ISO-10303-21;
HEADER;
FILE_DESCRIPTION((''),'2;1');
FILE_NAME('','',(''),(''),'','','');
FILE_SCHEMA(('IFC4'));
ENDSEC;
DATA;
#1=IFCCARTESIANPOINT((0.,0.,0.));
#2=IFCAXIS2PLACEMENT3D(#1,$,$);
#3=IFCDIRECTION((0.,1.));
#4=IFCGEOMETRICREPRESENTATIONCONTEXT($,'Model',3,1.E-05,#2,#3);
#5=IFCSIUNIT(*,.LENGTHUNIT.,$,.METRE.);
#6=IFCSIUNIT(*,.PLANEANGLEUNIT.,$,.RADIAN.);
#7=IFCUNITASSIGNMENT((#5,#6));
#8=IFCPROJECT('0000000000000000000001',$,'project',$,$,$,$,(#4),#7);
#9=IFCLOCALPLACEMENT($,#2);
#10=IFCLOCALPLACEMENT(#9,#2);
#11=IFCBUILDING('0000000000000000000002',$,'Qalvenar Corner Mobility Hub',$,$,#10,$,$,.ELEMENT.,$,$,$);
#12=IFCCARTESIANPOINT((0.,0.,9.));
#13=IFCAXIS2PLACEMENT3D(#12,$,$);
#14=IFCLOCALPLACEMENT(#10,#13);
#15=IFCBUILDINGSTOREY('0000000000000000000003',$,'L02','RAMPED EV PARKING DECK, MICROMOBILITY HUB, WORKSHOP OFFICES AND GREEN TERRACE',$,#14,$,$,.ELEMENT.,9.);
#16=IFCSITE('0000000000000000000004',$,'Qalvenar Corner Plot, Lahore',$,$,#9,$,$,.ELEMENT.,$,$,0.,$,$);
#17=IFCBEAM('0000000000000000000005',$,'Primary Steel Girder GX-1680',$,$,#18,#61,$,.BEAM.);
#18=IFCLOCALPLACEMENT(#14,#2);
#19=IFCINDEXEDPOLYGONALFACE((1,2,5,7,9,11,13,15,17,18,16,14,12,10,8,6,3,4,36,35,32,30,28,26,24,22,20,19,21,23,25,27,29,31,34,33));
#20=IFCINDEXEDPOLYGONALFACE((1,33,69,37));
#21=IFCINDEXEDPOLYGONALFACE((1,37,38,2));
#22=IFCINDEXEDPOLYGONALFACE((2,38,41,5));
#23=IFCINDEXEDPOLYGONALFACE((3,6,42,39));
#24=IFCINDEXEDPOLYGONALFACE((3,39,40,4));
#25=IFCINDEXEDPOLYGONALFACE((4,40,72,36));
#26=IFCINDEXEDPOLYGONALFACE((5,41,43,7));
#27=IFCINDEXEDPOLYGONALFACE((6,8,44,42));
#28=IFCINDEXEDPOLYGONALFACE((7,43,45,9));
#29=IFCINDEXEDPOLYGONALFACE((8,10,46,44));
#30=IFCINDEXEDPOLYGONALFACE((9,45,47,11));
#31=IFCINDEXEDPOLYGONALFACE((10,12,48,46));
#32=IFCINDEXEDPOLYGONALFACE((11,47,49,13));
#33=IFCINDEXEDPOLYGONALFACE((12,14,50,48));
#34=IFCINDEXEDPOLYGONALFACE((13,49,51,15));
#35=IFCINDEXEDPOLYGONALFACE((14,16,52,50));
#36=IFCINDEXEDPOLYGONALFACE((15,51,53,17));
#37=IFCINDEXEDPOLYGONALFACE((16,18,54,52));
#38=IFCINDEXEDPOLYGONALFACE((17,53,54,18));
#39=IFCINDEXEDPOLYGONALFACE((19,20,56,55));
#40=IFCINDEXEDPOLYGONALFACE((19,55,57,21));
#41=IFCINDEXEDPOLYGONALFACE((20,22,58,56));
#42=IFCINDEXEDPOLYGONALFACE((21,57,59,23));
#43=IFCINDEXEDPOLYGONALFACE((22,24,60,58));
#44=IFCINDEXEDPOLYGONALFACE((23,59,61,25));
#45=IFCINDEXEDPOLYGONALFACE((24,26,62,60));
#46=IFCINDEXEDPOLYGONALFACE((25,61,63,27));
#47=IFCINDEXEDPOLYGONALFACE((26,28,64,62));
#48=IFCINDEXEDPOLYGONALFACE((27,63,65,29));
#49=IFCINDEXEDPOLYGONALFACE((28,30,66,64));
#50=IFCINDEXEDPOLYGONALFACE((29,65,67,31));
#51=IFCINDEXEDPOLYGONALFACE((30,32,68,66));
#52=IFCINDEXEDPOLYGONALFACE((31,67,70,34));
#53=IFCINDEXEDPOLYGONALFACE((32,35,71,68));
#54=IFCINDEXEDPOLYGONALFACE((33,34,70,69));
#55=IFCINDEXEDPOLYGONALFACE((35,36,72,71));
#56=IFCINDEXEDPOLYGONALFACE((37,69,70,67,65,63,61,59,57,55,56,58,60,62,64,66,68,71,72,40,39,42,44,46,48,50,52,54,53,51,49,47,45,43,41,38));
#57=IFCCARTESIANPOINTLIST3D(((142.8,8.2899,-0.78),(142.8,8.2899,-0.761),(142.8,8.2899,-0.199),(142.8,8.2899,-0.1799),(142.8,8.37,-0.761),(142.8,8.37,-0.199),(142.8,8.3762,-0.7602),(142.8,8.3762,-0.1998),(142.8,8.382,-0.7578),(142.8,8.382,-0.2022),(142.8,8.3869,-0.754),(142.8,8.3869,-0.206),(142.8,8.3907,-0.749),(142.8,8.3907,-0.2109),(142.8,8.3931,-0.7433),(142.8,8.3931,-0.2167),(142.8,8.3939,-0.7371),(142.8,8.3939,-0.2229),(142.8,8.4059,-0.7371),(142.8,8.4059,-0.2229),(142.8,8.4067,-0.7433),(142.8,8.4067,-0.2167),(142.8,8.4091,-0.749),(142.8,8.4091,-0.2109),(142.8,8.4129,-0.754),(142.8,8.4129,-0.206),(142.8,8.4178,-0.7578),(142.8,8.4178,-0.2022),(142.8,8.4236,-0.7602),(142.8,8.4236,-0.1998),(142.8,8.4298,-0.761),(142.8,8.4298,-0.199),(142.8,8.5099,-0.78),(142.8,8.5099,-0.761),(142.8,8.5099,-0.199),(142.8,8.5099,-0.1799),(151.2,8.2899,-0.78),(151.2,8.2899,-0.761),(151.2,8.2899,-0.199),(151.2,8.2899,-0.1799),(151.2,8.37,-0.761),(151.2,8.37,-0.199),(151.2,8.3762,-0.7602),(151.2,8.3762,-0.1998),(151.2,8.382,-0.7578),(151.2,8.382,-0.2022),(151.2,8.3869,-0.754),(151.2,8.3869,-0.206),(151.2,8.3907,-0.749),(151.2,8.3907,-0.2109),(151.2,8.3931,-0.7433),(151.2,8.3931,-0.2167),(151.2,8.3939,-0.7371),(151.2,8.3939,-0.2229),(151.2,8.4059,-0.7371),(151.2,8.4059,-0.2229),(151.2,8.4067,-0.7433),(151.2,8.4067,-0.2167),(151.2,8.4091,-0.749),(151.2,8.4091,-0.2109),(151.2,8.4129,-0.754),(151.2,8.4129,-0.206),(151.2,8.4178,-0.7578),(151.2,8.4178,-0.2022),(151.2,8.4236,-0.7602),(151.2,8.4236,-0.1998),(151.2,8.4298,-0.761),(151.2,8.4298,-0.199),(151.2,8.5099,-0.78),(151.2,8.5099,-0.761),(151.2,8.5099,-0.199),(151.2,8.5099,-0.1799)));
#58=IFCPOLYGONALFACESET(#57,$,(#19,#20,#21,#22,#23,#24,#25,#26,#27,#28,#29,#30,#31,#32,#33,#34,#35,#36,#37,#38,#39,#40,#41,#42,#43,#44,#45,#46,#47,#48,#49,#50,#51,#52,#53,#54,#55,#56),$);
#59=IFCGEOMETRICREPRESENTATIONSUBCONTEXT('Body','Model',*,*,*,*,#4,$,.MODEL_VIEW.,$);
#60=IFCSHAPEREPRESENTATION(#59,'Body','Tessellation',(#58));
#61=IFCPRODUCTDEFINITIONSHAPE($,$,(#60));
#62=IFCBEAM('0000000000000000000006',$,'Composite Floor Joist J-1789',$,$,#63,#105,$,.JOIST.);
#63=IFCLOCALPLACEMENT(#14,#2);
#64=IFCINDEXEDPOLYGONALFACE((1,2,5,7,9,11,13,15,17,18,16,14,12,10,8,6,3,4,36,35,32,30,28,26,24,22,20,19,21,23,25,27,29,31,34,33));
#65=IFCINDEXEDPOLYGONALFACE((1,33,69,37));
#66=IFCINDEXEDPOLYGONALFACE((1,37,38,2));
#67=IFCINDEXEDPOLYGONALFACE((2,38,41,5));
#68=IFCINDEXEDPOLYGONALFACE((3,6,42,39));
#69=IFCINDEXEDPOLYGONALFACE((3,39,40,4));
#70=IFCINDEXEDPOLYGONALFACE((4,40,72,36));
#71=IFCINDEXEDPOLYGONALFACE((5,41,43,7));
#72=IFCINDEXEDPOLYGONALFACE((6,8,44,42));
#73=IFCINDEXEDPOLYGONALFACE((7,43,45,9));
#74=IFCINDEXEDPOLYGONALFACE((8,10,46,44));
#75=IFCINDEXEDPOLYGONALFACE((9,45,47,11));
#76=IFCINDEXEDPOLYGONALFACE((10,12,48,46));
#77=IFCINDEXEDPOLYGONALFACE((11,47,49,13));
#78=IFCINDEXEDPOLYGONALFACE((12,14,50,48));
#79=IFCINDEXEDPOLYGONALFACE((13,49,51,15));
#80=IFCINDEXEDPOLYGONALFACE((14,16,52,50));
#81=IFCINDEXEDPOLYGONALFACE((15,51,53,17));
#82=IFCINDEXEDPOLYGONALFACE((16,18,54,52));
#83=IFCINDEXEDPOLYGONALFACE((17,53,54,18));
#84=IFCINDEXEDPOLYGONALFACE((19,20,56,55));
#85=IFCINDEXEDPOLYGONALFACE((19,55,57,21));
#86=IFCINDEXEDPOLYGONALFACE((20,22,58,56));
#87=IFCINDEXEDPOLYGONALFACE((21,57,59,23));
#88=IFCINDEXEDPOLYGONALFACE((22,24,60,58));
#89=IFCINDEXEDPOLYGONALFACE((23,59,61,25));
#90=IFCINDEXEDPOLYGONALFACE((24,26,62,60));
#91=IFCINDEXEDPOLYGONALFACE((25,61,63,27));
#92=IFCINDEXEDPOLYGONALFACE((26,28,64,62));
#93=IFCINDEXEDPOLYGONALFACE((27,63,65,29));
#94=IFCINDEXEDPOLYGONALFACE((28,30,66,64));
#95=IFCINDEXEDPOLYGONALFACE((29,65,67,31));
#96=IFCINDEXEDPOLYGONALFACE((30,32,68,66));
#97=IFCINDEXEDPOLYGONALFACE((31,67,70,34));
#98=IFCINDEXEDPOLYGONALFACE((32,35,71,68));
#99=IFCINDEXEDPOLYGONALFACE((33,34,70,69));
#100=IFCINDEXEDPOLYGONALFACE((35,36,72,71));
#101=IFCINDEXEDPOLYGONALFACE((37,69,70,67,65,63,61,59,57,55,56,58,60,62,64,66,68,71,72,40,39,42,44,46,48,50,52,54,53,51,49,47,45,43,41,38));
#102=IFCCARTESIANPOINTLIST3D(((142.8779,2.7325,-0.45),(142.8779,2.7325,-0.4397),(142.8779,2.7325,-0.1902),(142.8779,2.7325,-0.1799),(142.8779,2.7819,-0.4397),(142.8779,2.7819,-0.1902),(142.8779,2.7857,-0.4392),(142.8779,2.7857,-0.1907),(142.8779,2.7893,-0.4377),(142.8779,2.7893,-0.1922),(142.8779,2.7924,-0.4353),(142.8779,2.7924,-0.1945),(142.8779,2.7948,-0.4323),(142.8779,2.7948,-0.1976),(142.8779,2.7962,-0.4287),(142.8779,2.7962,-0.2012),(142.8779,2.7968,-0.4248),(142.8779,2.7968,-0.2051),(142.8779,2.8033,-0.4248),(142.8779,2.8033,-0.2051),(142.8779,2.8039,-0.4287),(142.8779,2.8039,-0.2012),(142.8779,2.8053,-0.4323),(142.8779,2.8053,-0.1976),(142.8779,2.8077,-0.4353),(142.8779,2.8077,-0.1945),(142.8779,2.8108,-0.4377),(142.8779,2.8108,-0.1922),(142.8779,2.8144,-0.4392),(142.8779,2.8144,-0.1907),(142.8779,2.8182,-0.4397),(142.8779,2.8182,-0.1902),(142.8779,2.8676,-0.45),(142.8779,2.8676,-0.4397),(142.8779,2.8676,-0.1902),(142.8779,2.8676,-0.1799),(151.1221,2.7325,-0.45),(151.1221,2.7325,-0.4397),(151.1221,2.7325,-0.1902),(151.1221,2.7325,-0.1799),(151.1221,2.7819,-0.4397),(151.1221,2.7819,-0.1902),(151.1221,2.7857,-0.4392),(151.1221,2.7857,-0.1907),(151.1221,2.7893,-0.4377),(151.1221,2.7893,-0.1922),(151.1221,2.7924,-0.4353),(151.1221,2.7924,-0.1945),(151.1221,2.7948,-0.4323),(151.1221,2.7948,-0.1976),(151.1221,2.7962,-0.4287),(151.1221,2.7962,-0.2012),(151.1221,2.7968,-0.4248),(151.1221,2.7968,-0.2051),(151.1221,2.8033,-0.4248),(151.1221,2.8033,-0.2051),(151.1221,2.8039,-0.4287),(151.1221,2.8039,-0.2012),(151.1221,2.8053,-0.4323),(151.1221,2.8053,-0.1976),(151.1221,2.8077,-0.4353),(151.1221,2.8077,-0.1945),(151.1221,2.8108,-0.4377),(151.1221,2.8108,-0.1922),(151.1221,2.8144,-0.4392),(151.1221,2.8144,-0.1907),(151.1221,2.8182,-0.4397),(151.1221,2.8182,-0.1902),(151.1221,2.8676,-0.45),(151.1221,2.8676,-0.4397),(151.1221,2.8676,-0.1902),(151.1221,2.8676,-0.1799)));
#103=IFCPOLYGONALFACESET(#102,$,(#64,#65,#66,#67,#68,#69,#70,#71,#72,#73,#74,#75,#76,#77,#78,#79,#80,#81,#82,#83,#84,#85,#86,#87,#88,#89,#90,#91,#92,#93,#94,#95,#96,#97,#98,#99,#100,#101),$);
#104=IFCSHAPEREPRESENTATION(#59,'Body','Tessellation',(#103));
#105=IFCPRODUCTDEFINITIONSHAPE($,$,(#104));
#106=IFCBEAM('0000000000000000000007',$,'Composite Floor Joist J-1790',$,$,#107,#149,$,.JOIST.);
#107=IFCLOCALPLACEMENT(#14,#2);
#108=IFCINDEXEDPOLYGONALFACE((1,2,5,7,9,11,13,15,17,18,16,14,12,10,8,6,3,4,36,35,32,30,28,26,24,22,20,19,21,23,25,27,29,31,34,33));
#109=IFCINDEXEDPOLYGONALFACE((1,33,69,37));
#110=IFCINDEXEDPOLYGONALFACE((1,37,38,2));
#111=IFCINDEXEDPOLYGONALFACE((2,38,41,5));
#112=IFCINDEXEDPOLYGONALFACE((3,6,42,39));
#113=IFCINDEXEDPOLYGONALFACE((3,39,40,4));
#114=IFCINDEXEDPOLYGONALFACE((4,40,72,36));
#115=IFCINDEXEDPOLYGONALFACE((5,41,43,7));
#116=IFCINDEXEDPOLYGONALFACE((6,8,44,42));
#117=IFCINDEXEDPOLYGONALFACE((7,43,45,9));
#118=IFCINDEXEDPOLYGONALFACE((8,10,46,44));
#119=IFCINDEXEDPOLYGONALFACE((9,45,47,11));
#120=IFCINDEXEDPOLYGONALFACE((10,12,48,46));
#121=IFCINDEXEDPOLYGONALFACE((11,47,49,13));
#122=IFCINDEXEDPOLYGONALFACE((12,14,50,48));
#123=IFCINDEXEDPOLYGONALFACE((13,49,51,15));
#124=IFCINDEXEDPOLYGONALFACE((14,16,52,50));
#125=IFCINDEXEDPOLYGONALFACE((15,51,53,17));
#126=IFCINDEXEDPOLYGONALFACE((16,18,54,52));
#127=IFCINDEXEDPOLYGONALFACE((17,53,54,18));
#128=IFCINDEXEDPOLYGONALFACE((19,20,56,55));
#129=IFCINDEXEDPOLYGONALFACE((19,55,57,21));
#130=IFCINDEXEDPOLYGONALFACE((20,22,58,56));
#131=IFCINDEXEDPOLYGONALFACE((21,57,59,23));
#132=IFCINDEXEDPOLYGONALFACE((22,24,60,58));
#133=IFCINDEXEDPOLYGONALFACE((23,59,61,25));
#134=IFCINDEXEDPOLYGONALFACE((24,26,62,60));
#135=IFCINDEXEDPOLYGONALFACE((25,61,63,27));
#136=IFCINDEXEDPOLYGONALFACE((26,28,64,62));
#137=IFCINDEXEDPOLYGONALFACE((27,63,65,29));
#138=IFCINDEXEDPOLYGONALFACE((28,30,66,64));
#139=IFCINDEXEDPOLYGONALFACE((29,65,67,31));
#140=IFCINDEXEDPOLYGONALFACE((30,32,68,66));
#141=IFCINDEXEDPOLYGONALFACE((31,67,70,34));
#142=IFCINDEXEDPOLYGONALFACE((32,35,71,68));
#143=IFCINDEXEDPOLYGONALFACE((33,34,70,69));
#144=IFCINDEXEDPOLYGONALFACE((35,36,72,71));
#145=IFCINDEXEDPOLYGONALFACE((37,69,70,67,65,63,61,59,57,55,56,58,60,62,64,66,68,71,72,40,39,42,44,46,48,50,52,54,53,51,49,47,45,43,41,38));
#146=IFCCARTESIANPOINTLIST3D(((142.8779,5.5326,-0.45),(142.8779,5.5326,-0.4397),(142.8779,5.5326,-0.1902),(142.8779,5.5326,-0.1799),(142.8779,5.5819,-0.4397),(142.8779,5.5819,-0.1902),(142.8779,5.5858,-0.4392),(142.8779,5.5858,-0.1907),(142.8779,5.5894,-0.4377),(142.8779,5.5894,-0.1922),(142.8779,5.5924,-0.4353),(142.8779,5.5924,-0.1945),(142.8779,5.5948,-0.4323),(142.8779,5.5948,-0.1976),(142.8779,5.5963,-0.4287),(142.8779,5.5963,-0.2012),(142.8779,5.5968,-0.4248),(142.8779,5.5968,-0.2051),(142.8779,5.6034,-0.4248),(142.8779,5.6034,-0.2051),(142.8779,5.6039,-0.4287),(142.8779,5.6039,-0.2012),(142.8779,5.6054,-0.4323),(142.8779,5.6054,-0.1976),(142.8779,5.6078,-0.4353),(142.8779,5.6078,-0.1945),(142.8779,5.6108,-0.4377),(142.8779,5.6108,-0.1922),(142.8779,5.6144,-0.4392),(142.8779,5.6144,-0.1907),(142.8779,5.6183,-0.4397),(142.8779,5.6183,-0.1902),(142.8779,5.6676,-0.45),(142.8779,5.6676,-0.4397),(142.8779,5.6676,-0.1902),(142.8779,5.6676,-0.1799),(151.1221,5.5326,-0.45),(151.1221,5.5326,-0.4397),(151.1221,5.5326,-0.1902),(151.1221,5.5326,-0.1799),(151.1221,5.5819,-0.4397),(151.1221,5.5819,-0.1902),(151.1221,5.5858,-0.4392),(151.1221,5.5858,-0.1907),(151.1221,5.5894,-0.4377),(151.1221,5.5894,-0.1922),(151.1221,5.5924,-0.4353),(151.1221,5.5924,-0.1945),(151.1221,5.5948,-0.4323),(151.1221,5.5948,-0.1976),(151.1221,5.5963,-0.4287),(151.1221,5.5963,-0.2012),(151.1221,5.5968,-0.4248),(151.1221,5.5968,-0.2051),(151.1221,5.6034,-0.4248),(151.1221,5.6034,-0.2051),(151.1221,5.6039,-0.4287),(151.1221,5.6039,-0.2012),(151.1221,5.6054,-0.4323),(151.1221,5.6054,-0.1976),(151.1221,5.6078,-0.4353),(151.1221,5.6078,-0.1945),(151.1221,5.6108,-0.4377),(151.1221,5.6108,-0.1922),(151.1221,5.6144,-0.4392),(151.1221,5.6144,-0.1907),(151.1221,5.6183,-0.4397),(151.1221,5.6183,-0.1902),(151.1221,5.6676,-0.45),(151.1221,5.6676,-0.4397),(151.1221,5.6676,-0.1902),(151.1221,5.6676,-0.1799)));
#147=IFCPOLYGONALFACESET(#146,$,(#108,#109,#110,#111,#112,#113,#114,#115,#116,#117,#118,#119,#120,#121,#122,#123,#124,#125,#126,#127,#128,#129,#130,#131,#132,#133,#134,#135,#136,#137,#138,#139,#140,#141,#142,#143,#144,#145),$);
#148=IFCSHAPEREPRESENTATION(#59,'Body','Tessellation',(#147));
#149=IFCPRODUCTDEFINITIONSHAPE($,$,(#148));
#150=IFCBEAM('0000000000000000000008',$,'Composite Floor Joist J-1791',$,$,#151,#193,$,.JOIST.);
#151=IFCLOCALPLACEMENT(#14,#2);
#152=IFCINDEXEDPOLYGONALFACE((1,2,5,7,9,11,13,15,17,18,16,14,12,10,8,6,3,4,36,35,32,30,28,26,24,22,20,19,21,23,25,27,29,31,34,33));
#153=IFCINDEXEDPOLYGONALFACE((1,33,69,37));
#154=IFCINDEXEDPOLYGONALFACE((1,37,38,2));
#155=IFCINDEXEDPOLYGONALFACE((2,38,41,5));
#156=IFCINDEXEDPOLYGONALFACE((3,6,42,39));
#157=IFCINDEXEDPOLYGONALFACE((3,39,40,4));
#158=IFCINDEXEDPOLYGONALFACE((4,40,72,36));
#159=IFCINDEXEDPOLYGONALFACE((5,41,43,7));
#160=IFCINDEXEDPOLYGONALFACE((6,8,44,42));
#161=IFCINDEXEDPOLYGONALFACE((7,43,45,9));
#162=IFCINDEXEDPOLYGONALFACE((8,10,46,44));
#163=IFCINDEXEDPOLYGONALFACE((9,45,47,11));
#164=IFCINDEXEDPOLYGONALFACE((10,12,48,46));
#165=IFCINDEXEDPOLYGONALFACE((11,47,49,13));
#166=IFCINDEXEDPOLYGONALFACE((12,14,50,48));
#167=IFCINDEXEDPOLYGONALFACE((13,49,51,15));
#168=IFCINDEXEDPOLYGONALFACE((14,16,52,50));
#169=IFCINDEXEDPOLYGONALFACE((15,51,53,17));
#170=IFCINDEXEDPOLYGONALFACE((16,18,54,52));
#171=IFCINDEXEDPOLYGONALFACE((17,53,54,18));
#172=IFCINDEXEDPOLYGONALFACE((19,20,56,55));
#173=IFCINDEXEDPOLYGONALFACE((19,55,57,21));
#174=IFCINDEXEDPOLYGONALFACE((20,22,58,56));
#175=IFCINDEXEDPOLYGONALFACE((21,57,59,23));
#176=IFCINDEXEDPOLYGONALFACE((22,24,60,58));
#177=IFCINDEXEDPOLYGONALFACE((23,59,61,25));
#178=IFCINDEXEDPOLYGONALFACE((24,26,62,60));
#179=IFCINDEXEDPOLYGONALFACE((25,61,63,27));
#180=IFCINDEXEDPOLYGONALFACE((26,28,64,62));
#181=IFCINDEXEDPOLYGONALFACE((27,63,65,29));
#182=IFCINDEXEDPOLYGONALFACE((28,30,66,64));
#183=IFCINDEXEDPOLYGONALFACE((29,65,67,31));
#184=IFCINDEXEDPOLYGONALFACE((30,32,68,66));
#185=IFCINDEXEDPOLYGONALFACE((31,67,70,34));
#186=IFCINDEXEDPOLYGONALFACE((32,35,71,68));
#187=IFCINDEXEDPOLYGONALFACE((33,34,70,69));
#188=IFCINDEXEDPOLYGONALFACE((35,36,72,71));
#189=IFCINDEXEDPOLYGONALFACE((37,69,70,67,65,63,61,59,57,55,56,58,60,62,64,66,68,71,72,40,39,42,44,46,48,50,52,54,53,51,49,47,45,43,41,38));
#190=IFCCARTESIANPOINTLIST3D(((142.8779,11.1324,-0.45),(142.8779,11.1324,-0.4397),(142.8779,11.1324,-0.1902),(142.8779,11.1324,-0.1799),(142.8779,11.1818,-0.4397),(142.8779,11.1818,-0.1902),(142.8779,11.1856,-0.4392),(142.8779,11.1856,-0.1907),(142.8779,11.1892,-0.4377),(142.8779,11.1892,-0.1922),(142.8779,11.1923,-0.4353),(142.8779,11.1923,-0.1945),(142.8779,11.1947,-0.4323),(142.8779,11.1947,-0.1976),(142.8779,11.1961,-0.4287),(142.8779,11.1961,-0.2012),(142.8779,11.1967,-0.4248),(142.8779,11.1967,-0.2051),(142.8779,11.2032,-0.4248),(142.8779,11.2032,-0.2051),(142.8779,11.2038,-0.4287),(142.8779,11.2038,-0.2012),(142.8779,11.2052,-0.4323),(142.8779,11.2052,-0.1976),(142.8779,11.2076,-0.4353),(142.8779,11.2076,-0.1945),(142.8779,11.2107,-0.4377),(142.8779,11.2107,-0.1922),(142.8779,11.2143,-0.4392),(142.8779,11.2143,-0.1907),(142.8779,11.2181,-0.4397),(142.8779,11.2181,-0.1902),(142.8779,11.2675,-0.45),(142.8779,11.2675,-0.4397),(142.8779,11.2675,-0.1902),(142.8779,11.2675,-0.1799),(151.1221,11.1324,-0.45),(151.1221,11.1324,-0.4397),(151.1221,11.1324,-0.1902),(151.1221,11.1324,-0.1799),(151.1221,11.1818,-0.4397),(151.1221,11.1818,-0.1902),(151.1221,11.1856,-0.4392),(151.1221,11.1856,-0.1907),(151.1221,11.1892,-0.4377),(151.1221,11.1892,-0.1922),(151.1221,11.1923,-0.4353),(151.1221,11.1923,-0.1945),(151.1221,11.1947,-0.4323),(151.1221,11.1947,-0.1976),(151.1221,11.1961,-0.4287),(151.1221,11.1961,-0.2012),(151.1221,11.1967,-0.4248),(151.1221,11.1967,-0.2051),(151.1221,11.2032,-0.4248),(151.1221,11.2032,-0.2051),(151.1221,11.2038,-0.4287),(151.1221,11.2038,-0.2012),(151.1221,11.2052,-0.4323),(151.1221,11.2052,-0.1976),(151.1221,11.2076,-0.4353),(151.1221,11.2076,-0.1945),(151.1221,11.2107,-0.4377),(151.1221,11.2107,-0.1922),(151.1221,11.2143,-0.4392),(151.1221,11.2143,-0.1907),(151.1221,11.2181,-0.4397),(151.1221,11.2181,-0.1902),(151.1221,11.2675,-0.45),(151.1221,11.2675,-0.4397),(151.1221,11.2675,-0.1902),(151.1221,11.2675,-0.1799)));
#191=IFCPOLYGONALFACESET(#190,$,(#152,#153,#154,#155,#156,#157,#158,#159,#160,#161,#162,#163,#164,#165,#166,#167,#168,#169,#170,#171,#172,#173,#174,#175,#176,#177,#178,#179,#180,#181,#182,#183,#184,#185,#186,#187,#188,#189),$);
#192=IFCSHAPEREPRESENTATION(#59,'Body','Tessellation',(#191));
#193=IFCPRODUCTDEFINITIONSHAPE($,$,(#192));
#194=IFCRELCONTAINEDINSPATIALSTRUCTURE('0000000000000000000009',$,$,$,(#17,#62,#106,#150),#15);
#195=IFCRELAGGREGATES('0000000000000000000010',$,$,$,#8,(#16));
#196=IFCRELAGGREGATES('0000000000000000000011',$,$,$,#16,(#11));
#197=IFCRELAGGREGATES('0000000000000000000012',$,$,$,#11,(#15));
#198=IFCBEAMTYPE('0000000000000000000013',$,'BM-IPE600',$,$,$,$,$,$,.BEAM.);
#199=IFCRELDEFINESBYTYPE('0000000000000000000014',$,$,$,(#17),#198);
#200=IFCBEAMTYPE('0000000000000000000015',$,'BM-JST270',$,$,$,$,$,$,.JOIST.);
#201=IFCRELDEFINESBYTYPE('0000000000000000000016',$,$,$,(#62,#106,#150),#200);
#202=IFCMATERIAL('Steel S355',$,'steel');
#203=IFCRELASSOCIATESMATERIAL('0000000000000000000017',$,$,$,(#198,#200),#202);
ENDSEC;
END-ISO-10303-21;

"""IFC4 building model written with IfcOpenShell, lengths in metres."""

from ifc_helpers import new_model, si_unit, direction, frame, origin, origin_2d, place, context, subcontext, project, spatial, i_section, extrude, material, material_profile, profile_set, type_object, element, save


model = new_model("IFC4")

# Units and contexts
model_context = context("Model", 3, precision=1e-05, world=origin(), true_north=direction((0.0, 1.0)))
body_context = subcontext(model_context, "Body", "Model", "MODEL_VIEW")
ifc_project = project(units=[si_unit("LENGTHUNIT", "METRE"), si_unit("PLANEANGLEUNIT", "RADIAN")], contexts=[model_context])

# Site, building, storey
site_placement = place(None, origin())
site = spatial("IfcSite", under=ifc_project, at=site_placement, Name="Qalvenar Corner Plot, Lahore", CompositionType="ELEMENT", RefElevation=0.0)
building_placement = place(site_placement, origin())
building = spatial("IfcBuilding", under=site, at=building_placement, Name="Qalvenar Corner Mobility Hub", CompositionType="ELEMENT")
storey_placement = place(building_placement, frame((0.0, 0.0, 9.0)))
storey = spatial("IfcBuildingStorey", under=building, at=storey_placement, Name="L02", Description="RAMPED EV PARKING DECK, MICROMOBILITY HUB, WORKSHOP OFFICES AND GREEN TERRACE", CompositionType="ELEMENT", Elevation=9.0)

# Shared definitions
ifc_material_1 = material(Name="Steel S355", Category="steel")

# Beams
ifc_material_profile_1 = material_profile(ifc_material_1, i_section(OverallWidth=0.22, OverallDepth=0.6001, WebThickness=0.012, FlangeThickness=0.019, FilletRadius=0.0239, at=origin_2d()), Name="IPE600")
ifc_profile_set_1 = profile_set([ifc_material_profile_1], Name="Steel S355")
beam_type_1 = type_object("IfcBeamType", Name="BM-IPE600", PredefinedType="BEAM", material=ifc_profile_set_1)
beam_1_placement = place(storey_placement, frame((142.8, 8.3999, -0.48), z_axis=(1.0, 0.0, 0.0), x_axis=(0.0, 1.0, 0.0)))
element("IfcBeam", 1, at=beam_1_placement, inside=storey, type_object=beam_type_1, Name="Primary Steel Girder GX-1680", PredefinedType="BEAM", context=body_context, shape_type="SweptSolid", body=[
    extrude(i_section(OverallWidth=0.22, OverallDepth=0.6001, WebThickness=0.012, FlangeThickness=0.019, FilletRadius=0.0239, at=origin_2d()), origin(), (0.0, 0.0, 1.0), 8.3999),
])
ifc_material_profile_2 = material_profile(ifc_material_1, i_section(OverallWidth=0.135, OverallDepth=0.27, WebThickness=0.0066, FlangeThickness=0.0103, FilletRadius=0.0149, at=origin_2d()), Name="IPE270")
ifc_profile_set_2 = profile_set([ifc_material_profile_2], Name="Steel S355")
beam_type_2 = type_object("IfcBeamType", Name="BM-JST270", PredefinedType="JOIST", material=ifc_profile_set_2)
for number, where, z_axis, x_axis, name in (
    (2, (142.8779, 2.8, -0.3149), (1.0, 0.0, 0.0), (0.0, 1.0, 0.0), "Composite Floor Joist J-1789"),
    (3, (142.8779, 5.6001, -0.3149), (1.0, 0.0, 0.0), (0.0, 1.0, 0.0), "Composite Floor Joist J-1790"),
    (4, (142.8779, 11.2, -0.3149), (1.0, 0.0, 0.0), (0.0, 1.0, 0.0), "Composite Floor Joist J-1791"),
):
    element("IfcBeam", number, at=place(storey_placement, frame(where, z_axis=z_axis, x_axis=x_axis)), inside=storey, type_object=beam_type_2, Name=name, PredefinedType="JOIST", context=body_context, shape_type="SweptSolid", body=[
        extrude(i_section(OverallWidth=0.135, OverallDepth=0.27, WebThickness=0.0066, FlangeThickness=0.0103, FilletRadius=0.0149, at=origin_2d()), origin(), (0.0, 0.0, 1.0), 8.2441),
    ])

save(model, "model.ifc")
